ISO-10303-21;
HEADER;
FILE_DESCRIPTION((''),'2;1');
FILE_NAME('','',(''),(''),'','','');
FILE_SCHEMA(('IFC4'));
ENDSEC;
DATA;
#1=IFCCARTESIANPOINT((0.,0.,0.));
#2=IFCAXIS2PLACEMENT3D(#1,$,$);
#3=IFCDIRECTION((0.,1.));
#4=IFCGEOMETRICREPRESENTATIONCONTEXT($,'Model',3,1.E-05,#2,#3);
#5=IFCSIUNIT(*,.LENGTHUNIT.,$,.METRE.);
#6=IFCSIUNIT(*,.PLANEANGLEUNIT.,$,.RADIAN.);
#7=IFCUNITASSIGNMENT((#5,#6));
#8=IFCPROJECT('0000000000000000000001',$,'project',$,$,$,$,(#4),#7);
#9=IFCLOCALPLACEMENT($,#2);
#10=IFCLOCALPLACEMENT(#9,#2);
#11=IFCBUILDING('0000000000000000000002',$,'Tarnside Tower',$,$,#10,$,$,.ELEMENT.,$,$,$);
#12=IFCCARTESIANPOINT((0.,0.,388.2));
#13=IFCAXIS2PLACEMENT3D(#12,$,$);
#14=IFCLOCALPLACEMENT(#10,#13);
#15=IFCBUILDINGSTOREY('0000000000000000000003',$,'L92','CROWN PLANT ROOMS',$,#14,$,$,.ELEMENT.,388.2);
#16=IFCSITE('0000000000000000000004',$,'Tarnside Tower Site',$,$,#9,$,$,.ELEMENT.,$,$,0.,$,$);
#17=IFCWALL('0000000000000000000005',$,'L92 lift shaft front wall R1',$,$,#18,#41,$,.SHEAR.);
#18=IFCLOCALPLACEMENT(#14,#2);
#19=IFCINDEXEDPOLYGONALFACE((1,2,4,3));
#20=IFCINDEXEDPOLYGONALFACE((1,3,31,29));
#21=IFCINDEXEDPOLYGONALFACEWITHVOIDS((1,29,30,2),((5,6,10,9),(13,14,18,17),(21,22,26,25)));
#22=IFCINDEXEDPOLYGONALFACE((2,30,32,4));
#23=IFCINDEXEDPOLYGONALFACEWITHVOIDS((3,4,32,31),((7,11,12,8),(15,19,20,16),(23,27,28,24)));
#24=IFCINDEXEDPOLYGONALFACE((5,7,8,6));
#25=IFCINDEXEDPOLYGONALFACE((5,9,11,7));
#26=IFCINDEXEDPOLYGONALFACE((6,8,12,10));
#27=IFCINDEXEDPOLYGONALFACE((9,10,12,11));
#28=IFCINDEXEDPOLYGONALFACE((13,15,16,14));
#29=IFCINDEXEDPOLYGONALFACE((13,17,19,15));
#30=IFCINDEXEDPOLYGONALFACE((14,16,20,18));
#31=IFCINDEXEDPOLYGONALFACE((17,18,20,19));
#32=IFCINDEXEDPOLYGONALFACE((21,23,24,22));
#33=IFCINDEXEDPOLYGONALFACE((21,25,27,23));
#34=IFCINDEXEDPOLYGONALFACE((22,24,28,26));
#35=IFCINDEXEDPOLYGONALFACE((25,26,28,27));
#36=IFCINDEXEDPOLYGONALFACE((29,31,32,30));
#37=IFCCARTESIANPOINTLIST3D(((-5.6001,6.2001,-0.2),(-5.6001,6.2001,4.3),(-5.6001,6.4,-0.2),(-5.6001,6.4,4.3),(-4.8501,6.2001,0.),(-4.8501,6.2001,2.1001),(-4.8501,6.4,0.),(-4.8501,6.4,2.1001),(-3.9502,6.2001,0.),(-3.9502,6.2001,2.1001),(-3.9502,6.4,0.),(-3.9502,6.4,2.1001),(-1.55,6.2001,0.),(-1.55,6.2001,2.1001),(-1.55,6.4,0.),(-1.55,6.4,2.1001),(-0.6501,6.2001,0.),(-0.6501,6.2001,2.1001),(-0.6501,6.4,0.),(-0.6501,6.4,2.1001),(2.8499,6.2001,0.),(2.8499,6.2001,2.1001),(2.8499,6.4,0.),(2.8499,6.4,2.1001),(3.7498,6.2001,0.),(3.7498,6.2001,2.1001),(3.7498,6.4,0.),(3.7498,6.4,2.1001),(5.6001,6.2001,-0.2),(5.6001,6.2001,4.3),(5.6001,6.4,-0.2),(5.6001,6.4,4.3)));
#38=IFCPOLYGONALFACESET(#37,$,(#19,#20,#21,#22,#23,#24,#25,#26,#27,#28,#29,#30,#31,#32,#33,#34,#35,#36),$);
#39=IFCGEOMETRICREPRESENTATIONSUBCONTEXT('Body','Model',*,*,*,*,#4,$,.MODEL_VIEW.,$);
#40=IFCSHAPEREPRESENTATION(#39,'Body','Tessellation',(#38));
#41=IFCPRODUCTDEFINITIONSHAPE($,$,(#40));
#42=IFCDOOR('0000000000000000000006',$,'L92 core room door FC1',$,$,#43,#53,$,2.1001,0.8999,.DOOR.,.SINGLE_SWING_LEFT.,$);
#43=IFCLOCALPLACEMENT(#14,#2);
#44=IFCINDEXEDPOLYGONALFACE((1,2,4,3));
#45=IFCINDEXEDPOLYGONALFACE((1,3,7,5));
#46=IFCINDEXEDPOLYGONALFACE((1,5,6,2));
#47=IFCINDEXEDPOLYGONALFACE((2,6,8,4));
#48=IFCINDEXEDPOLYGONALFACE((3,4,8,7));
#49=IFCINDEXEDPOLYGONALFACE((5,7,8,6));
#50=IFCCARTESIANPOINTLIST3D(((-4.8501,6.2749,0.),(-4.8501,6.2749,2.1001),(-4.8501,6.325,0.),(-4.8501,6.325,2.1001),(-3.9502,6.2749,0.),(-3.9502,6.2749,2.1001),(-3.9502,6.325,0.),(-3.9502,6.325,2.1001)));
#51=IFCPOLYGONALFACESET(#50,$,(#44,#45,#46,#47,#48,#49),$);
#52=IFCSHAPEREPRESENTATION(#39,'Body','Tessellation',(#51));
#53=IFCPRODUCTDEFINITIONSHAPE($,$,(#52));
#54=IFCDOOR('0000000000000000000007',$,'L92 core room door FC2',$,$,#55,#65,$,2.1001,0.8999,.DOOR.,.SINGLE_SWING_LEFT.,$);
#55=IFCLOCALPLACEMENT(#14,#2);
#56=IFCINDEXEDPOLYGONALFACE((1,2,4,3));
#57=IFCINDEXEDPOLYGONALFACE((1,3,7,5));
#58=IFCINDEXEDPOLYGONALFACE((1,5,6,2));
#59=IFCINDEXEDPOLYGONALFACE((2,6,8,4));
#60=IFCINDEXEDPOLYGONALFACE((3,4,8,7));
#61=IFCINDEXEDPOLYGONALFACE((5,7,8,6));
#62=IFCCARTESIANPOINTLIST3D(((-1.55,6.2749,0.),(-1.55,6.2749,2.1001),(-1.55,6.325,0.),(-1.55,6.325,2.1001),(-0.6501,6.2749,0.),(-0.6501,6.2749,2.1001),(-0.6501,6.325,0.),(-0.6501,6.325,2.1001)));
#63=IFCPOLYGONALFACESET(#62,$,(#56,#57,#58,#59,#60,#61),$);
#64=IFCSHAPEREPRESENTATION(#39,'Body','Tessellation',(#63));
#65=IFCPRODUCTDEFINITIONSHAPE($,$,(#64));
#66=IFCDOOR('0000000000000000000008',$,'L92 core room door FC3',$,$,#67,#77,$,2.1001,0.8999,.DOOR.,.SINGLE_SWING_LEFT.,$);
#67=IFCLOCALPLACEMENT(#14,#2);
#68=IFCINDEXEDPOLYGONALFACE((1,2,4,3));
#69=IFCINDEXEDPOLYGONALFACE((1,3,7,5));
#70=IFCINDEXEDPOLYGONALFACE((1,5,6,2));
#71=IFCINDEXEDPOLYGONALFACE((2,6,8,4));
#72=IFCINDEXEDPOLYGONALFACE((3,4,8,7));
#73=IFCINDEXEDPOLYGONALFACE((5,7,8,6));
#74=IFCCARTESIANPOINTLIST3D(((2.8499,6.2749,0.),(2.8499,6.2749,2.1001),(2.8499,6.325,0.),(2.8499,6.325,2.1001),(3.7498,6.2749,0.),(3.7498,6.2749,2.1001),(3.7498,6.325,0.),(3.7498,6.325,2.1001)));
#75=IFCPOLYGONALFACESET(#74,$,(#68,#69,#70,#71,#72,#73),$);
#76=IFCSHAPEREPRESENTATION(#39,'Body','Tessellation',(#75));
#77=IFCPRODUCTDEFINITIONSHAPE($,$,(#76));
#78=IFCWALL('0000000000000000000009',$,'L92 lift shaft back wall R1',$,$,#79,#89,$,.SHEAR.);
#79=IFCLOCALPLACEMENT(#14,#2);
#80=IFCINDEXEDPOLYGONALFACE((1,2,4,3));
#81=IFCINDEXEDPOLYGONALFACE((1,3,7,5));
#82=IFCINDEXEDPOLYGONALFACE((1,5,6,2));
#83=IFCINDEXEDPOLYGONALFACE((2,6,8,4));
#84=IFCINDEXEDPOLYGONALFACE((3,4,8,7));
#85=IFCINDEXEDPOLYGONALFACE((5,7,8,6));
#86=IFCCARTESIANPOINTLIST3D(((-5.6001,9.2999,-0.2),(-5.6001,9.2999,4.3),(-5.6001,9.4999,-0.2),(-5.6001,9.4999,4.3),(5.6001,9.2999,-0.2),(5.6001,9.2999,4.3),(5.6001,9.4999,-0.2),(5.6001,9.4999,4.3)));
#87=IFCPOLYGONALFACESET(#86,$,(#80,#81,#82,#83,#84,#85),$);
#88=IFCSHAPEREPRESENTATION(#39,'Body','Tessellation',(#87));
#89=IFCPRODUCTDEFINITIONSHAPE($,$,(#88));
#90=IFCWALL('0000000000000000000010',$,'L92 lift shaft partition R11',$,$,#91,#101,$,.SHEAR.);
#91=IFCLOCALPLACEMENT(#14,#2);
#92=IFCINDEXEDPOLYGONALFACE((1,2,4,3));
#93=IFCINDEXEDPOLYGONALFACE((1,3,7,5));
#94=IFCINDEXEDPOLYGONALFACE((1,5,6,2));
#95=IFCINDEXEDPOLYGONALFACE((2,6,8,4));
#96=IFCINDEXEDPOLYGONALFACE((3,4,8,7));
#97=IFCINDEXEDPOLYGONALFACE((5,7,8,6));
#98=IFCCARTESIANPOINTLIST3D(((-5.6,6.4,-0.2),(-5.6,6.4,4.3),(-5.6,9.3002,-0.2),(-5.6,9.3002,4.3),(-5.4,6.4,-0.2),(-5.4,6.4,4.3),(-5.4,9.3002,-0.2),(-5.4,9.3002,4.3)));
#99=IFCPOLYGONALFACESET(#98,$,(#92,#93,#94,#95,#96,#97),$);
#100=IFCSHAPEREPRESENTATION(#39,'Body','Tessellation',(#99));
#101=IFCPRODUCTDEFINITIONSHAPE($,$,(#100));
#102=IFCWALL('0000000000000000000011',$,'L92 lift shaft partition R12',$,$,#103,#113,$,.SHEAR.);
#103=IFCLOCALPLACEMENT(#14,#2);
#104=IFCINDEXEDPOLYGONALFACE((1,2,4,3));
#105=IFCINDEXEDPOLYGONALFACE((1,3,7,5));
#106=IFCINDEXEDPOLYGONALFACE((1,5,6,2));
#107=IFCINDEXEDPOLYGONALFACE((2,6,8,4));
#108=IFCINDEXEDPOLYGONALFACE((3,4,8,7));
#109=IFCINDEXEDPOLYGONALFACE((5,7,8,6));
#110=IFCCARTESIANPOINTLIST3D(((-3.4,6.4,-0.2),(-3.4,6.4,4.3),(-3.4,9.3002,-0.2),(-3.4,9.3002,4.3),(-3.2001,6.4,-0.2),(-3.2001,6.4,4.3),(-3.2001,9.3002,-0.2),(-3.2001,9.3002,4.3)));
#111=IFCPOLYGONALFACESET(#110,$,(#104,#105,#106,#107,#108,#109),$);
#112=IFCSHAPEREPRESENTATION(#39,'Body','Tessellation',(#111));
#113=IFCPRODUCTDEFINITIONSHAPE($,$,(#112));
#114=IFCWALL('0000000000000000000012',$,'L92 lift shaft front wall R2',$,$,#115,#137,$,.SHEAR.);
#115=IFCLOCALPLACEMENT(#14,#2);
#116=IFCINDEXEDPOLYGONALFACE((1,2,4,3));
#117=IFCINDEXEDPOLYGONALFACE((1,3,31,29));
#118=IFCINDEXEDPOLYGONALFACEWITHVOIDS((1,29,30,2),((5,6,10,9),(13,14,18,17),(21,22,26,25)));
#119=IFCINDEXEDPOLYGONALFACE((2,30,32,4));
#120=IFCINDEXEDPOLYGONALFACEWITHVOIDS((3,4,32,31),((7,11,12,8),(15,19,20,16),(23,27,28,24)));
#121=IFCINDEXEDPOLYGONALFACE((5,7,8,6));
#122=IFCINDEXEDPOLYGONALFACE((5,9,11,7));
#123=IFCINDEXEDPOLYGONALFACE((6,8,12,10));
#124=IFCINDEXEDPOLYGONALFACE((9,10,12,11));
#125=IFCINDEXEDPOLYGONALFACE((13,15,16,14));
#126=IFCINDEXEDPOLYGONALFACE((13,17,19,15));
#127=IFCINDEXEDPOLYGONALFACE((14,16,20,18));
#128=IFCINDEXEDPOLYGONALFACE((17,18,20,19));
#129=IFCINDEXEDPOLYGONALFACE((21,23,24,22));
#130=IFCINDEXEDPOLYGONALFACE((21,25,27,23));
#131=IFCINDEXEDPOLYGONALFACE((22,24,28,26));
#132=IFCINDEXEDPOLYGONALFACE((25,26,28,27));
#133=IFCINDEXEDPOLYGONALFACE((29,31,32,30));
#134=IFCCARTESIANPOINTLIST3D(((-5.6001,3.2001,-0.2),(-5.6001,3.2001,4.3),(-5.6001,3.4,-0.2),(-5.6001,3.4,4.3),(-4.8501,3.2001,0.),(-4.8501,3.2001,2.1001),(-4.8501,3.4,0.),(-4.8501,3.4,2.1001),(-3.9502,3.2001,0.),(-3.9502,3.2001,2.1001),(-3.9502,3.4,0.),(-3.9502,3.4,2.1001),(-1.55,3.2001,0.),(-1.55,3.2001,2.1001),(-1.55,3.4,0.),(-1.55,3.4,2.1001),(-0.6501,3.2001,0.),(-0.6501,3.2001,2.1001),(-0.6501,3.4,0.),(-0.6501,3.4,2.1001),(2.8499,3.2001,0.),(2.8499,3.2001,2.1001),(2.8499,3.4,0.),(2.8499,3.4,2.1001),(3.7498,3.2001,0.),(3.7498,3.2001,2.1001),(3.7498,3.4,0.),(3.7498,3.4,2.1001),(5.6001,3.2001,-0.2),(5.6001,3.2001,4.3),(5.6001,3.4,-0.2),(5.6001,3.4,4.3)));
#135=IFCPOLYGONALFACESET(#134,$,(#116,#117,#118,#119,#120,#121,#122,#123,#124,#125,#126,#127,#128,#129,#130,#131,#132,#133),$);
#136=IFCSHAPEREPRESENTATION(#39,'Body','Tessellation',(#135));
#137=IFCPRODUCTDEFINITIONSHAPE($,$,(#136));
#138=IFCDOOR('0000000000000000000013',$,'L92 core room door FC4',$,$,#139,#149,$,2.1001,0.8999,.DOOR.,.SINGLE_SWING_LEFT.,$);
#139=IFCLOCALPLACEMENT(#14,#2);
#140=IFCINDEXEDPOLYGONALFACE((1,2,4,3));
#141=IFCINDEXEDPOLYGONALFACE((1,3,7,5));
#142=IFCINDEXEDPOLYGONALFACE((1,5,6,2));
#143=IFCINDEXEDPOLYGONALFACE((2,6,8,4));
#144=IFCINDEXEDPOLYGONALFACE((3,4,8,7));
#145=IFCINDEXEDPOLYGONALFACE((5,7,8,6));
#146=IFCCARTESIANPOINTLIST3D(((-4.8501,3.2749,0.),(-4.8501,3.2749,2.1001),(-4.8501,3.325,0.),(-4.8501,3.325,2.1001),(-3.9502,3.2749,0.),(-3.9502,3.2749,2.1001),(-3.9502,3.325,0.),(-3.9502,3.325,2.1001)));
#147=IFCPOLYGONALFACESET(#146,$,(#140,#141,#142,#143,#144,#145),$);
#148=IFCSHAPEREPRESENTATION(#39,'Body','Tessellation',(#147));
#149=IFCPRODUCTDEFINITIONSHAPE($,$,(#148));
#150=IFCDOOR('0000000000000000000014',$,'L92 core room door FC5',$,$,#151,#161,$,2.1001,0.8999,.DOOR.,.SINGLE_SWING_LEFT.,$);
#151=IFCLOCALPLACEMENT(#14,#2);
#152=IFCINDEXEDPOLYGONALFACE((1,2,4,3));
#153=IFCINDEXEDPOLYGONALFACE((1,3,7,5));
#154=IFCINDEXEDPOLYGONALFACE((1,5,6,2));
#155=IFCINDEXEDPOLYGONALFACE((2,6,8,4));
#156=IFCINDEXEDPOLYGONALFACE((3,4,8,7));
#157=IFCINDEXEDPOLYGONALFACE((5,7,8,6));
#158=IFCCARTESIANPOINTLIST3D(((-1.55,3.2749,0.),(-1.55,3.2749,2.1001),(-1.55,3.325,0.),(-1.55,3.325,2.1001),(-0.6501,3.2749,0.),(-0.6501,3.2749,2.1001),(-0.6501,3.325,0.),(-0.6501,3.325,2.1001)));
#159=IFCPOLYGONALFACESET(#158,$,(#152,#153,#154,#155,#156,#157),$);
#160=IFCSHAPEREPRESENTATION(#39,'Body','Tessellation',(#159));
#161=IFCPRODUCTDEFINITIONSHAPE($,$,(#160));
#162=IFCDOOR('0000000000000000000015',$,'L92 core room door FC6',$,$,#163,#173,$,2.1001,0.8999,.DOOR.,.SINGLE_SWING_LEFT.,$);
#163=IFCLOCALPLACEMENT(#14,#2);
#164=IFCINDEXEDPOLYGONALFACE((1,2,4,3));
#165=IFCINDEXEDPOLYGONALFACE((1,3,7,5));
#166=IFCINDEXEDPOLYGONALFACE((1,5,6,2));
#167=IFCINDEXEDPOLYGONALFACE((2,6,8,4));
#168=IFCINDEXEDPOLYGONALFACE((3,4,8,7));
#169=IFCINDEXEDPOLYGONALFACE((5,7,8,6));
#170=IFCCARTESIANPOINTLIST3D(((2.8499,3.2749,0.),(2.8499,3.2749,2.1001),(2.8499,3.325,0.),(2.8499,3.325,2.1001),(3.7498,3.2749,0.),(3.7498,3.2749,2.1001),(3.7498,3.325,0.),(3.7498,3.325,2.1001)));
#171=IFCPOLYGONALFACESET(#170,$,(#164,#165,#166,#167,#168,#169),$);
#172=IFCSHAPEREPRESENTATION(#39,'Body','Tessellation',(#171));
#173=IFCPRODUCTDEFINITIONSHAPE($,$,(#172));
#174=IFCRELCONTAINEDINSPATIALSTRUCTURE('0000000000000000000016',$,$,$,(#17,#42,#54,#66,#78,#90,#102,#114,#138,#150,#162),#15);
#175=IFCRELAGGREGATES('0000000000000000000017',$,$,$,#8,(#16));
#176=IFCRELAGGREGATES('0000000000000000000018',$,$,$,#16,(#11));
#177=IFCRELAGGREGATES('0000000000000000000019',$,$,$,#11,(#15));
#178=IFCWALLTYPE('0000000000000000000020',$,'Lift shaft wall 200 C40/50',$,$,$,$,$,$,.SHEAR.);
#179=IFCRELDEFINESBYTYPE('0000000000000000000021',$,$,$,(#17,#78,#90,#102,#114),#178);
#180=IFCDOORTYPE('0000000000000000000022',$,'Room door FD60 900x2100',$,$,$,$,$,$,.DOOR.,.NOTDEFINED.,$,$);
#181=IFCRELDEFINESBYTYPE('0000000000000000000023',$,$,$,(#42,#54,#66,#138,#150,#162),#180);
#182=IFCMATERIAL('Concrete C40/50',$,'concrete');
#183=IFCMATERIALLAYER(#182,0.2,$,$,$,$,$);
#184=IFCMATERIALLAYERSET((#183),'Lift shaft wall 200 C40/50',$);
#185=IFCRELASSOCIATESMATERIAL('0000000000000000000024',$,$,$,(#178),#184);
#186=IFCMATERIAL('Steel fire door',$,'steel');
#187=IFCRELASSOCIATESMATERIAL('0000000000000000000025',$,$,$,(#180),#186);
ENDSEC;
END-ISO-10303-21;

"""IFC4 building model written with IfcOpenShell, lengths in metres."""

from ifc_helpers import new_model, si_unit, direction, frame, frame_2d, origin, place, context, subcontext, project, spatial, rectangle, extrude, material, layer, layer_set, type_object, element, fill, save


model = new_model("IFC4")

# Units and contexts
model_context = context("Model", 3, precision=1e-05, world=origin(), true_north=direction((0.0, 1.0)))
body_context = subcontext(model_context, "Body", "Model", "MODEL_VIEW")
ifc_project = project(units=[si_unit("LENGTHUNIT", "METRE"), si_unit("PLANEANGLEUNIT", "RADIAN")], contexts=[model_context])

# Site, building, storey
site_placement = place(None, origin())
site = spatial("IfcSite", under=ifc_project, at=site_placement, Name="Tarnside Tower Site", CompositionType="ELEMENT", RefElevation=0.0)
building_placement = place(site_placement, origin())
building = spatial("IfcBuilding", under=site, at=building_placement, Name="Tarnside Tower", CompositionType="ELEMENT")
storey_placement = place(building_placement, frame((0.0, 0.0, 388.2)))
storey = spatial("IfcBuildingStorey", under=building, at=storey_placement, Name="L92", Description="CROWN PLANT ROOMS", CompositionType="ELEMENT", Elevation=388.2)

# Shared definitions
ifc_material_1 = material(Name="Steel fire door", Category="steel")

# Wall, openings, doors
ifc_material_2 = material(Name="Concrete C40/50", Category="concrete")
ifc_layer_1 = layer(ifc_material_2, 0.2)
ifc_layer_set_1 = layer_set([ifc_layer_1], Name="Lift shaft wall 200 C40/50")
wall_type_1 = type_object("IfcWallType", Name="Lift shaft wall 200 C40/50", PredefinedType="SHEAR", material=ifc_layer_set_1)
wall_1_placement = place(storey_placement, frame((-5.6001, 6.3, -0.2), z_axis=(0.0, 0.0, 1.0), x_axis=(1.0, 0.0, 0.0)))
wall_1 = element("IfcWall", 1, at=wall_1_placement, inside=storey, type_object=wall_type_1, Name="L92 lift shaft front wall R1", PredefinedType="SHEAR", context=body_context, shape_type="SweptSolid", body=[
    extrude(rectangle(XDim=11.2002, YDim=0.2, at=frame_2d((5.6001, 0.0))), origin(), (0.0, 0.0, 1.0), 4.5),
])
opening_1_placement = place(wall_1_placement, frame((0.75, 0.0, 0.2)))
opening_1 = element("IfcOpeningElement", 2, at=opening_1_placement, cuts=wall_1, PredefinedType="OPENING", context=body_context, shape_type="SweptSolid", body=[
    extrude(rectangle(XDim=0.8999, YDim=2.1001, at=frame_2d((0.45, 1.05))), frame((0.0, 0.1099, 0.0), z_axis=(0.0, -1.0, 0.0), x_axis=(1.0, 0.0, 0.0)), (0.0, 0.0, 1.0), 0.22),
])
opening_2_placement = place(wall_1_placement, frame((4.05, 0.0, 0.2)))
opening_2 = element("IfcOpeningElement", 3, at=opening_2_placement, cuts=wall_1, PredefinedType="OPENING", context=body_context, shape_type="SweptSolid", body=[
    extrude(rectangle(XDim=0.8999, YDim=2.1001, at=frame_2d((0.45, 1.05))), frame((0.0, 0.1099, 0.0), z_axis=(0.0, -1.0, 0.0), x_axis=(1.0, 0.0, 0.0)), (0.0, 0.0, 1.0), 0.22),
])
opening_3_placement = place(wall_1_placement, frame((8.45, 0.0, 0.2)))
opening_3 = element("IfcOpeningElement", 4, at=opening_3_placement, cuts=wall_1, PredefinedType="OPENING", context=body_context, shape_type="SweptSolid", body=[
    extrude(rectangle(XDim=0.8999, YDim=2.1001, at=frame_2d((0.45, 1.05))), frame((0.0, 0.1099, 0.0), z_axis=(0.0, -1.0, 0.0), x_axis=(1.0, 0.0, 0.0)), (0.0, 0.0, 1.0), 0.22),
])
door_type_1 = type_object("IfcDoorType", Name="Room door FD60 900x2100", OperationType="NOTDEFINED", PredefinedType="DOOR", material=ifc_material_1)
door_1_placement = place(opening_1_placement, origin())
door_1 = element("IfcDoor", 5, at=door_1_placement, inside=storey, type_object=door_type_1, Name="L92 core room door FC1", OperationType="SINGLE_SWING_LEFT", OverallHeight=2.1001, OverallWidth=0.8999, PredefinedType="DOOR", context=body_context, shape_type="SweptSolid", body=[
    extrude(rectangle(XDim=0.8999, YDim=2.1001, at=frame_2d((0.45, 1.05))), frame((0.0, 0.0249, 0.0), z_axis=(0.0, -1.0, 0.0), x_axis=(1.0, 0.0, 0.0)), (0.0, 0.0, 1.0), 0.05),
])
fill(opening_1, door_1)
door_2_placement = place(opening_2_placement, origin())
door_2 = element("IfcDoor", 6, at=door_2_placement, inside=storey, type_object=door_type_1, Name="L92 core room door FC2", OperationType="SINGLE_SWING_LEFT", OverallHeight=2.1001, OverallWidth=0.8999, PredefinedType="DOOR", context=body_context, shape_type="SweptSolid", body=[
    extrude(rectangle(XDim=0.8999, YDim=2.1001, at=frame_2d((0.45, 1.05))), frame((0.0, 0.0249, 0.0), z_axis=(0.0, -1.0, 0.0), x_axis=(1.0, 0.0, 0.0)), (0.0, 0.0, 1.0), 0.05),
])
fill(opening_2, door_2)
door_3_placement = place(opening_3_placement, origin())
door_3 = element("IfcDoor", 7, at=door_3_placement, inside=storey, type_object=door_type_1, Name="L92 core room door FC3", OperationType="SINGLE_SWING_LEFT", OverallHeight=2.1001, OverallWidth=0.8999, PredefinedType="DOOR", context=body_context, shape_type="SweptSolid", body=[
    extrude(rectangle(XDim=0.8999, YDim=2.1001, at=frame_2d((0.45, 1.05))), frame((0.0, 0.0249, 0.0), z_axis=(0.0, -1.0, 0.0), x_axis=(1.0, 0.0, 0.0)), (0.0, 0.0, 1.0), 0.05),
])
fill(opening_3, door_3)

# Walls
wall_2_placement = place(storey_placement, frame((-5.6001, 9.3999, -0.2), z_axis=(0.0, 0.0, 1.0), x_axis=(1.0, 0.0, 0.0)))
element("IfcWall", 8, at=wall_2_placement, inside=storey, type_object=wall_type_1, Name="L92 lift shaft back wall R1", PredefinedType="SHEAR", context=body_context, shape_type="SweptSolid", body=[
    extrude(rectangle(XDim=11.2002, YDim=0.2, at=frame_2d((5.6001, 0.0))), origin(), (0.0, 0.0, 1.0), 4.5),
])
for number, where, z_axis, x_axis, name in (
    (9, (-5.5, 6.3999, -0.2), (0.0, 0.0, 1.0), (0.0, 1.0, 0.0), "L92 lift shaft partition R11"),
    (10, (-3.3, 6.3999, -0.2), (0.0, 0.0, 1.0), (0.0, 1.0, 0.0), "L92 lift shaft partition R12"),
):
    element("IfcWall", number, at=place(storey_placement, frame(where, z_axis=z_axis, x_axis=x_axis)), inside=storey, type_object=wall_type_1, Name=name, PredefinedType="SHEAR", context=body_context, shape_type="SweptSolid", body=[
        extrude(rectangle(XDim=2.9001, YDim=0.2, at=frame_2d((1.4502, 0.0))), origin(), (0.0, 0.0, 1.0), 4.5),
    ])

# Wall, openings, doors
wall_3_placement = place(storey_placement, frame((-5.6001, 3.3, -0.2), z_axis=(0.0, 0.0, 1.0), x_axis=(1.0, 0.0, 0.0)))
wall_3 = element("IfcWall", 11, at=wall_3_placement, inside=storey, type_object=wall_type_1, Name="L92 lift shaft front wall R2", PredefinedType="SHEAR", context=body_context, shape_type="SweptSolid", body=[
    extrude(rectangle(XDim=11.2002, YDim=0.2, at=frame_2d((5.6001, 0.0))), origin(), (0.0, 0.0, 1.0), 4.5),
])
opening_4_placement = place(wall_3_placement, frame((0.75, 0.0, 0.2)))
opening_4 = element("IfcOpeningElement", 12, at=opening_4_placement, cuts=wall_3, PredefinedType="OPENING", context=body_context, shape_type="SweptSolid", body=[
    extrude(rectangle(XDim=0.8999, YDim=2.1001, at=frame_2d((0.45, 1.05))), frame((0.0, 0.1099, 0.0), z_axis=(0.0, -1.0, 0.0), x_axis=(1.0, 0.0, 0.0)), (0.0, 0.0, 1.0), 0.22),
])
opening_5_placement = place(wall_3_placement, frame((4.05, 0.0, 0.2)))
opening_5 = element("IfcOpeningElement", 13, at=opening_5_placement, cuts=wall_3, PredefinedType="OPENING", context=body_context, shape_type="SweptSolid", body=[
    extrude(rectangle(XDim=0.8999, YDim=2.1001, at=frame_2d((0.45, 1.05))), frame((0.0, 0.1099, 0.0), z_axis=(0.0, -1.0, 0.0), x_axis=(1.0, 0.0, 0.0)), (0.0, 0.0, 1.0), 0.22),
])
opening_6_placement = place(wall_3_placement, frame((8.45, 0.0, 0.2)))
opening_6 = element("IfcOpeningElement", 14, at=opening_6_placement, cuts=wall_3, PredefinedType="OPENING", context=body_context, shape_type="SweptSolid", body=[
    extrude(rectangle(XDim=0.8999, YDim=2.1001, at=frame_2d((0.45, 1.05))), frame((0.0, 0.1099, 0.0), z_axis=(0.0, -1.0, 0.0), x_axis=(1.0, 0.0, 0.0)), (0.0, 0.0, 1.0), 0.22),
])
door_4_placement = place(opening_4_placement, origin())
door_4 = element("IfcDoor", 15, at=door_4_placement, inside=storey, type_object=door_type_1, Name="L92 core room door FC4", OperationType="SINGLE_SWING_LEFT", OverallHeight=2.1001, OverallWidth=0.8999, PredefinedType="DOOR", context=body_context, shape_type="SweptSolid", body=[
    extrude(rectangle(XDim=0.8999, YDim=2.1001, at=frame_2d((0.45, 1.05))), frame((0.0, 0.0249, 0.0), z_axis=(0.0, -1.0, 0.0), x_axis=(1.0, 0.0, 0.0)), (0.0, 0.0, 1.0), 0.05),
])
fill(opening_4, door_4)
door_5_placement = place(opening_5_placement, origin())
door_5 = element("IfcDoor", 16, at=door_5_placement, inside=storey, type_object=door_type_1, Name="L92 core room door FC5", OperationType="SINGLE_SWING_LEFT", OverallHeight=2.1001, OverallWidth=0.8999, PredefinedType="DOOR", context=body_context, shape_type="SweptSolid", body=[
    extrude(rectangle(XDim=0.8999, YDim=2.1001, at=frame_2d((0.45, 1.05))), frame((0.0, 0.0249, 0.0), z_axis=(0.0, -1.0, 0.0), x_axis=(1.0, 0.0, 0.0)), (0.0, 0.0, 1.0), 0.05),
])
fill(opening_5, door_5)
door_6_placement = place(opening_6_placement, origin())
door_6 = element("IfcDoor", 17, at=door_6_placement, inside=storey, type_object=door_type_1, Name="L92 core room door FC6", OperationType="SINGLE_SWING_LEFT", OverallHeight=2.1001, OverallWidth=0.8999, PredefinedType="DOOR", context=body_context, shape_type="SweptSolid", body=[
    extrude(rectangle(XDim=0.8999, YDim=2.1001, at=frame_2d((0.45, 1.05))), frame((0.0, 0.0249, 0.0), z_axis=(0.0, -1.0, 0.0), x_axis=(1.0, 0.0, 0.0)), (0.0, 0.0, 1.0), 0.05),
])
fill(opening_6, door_6)

save(model, "model.ifc")
